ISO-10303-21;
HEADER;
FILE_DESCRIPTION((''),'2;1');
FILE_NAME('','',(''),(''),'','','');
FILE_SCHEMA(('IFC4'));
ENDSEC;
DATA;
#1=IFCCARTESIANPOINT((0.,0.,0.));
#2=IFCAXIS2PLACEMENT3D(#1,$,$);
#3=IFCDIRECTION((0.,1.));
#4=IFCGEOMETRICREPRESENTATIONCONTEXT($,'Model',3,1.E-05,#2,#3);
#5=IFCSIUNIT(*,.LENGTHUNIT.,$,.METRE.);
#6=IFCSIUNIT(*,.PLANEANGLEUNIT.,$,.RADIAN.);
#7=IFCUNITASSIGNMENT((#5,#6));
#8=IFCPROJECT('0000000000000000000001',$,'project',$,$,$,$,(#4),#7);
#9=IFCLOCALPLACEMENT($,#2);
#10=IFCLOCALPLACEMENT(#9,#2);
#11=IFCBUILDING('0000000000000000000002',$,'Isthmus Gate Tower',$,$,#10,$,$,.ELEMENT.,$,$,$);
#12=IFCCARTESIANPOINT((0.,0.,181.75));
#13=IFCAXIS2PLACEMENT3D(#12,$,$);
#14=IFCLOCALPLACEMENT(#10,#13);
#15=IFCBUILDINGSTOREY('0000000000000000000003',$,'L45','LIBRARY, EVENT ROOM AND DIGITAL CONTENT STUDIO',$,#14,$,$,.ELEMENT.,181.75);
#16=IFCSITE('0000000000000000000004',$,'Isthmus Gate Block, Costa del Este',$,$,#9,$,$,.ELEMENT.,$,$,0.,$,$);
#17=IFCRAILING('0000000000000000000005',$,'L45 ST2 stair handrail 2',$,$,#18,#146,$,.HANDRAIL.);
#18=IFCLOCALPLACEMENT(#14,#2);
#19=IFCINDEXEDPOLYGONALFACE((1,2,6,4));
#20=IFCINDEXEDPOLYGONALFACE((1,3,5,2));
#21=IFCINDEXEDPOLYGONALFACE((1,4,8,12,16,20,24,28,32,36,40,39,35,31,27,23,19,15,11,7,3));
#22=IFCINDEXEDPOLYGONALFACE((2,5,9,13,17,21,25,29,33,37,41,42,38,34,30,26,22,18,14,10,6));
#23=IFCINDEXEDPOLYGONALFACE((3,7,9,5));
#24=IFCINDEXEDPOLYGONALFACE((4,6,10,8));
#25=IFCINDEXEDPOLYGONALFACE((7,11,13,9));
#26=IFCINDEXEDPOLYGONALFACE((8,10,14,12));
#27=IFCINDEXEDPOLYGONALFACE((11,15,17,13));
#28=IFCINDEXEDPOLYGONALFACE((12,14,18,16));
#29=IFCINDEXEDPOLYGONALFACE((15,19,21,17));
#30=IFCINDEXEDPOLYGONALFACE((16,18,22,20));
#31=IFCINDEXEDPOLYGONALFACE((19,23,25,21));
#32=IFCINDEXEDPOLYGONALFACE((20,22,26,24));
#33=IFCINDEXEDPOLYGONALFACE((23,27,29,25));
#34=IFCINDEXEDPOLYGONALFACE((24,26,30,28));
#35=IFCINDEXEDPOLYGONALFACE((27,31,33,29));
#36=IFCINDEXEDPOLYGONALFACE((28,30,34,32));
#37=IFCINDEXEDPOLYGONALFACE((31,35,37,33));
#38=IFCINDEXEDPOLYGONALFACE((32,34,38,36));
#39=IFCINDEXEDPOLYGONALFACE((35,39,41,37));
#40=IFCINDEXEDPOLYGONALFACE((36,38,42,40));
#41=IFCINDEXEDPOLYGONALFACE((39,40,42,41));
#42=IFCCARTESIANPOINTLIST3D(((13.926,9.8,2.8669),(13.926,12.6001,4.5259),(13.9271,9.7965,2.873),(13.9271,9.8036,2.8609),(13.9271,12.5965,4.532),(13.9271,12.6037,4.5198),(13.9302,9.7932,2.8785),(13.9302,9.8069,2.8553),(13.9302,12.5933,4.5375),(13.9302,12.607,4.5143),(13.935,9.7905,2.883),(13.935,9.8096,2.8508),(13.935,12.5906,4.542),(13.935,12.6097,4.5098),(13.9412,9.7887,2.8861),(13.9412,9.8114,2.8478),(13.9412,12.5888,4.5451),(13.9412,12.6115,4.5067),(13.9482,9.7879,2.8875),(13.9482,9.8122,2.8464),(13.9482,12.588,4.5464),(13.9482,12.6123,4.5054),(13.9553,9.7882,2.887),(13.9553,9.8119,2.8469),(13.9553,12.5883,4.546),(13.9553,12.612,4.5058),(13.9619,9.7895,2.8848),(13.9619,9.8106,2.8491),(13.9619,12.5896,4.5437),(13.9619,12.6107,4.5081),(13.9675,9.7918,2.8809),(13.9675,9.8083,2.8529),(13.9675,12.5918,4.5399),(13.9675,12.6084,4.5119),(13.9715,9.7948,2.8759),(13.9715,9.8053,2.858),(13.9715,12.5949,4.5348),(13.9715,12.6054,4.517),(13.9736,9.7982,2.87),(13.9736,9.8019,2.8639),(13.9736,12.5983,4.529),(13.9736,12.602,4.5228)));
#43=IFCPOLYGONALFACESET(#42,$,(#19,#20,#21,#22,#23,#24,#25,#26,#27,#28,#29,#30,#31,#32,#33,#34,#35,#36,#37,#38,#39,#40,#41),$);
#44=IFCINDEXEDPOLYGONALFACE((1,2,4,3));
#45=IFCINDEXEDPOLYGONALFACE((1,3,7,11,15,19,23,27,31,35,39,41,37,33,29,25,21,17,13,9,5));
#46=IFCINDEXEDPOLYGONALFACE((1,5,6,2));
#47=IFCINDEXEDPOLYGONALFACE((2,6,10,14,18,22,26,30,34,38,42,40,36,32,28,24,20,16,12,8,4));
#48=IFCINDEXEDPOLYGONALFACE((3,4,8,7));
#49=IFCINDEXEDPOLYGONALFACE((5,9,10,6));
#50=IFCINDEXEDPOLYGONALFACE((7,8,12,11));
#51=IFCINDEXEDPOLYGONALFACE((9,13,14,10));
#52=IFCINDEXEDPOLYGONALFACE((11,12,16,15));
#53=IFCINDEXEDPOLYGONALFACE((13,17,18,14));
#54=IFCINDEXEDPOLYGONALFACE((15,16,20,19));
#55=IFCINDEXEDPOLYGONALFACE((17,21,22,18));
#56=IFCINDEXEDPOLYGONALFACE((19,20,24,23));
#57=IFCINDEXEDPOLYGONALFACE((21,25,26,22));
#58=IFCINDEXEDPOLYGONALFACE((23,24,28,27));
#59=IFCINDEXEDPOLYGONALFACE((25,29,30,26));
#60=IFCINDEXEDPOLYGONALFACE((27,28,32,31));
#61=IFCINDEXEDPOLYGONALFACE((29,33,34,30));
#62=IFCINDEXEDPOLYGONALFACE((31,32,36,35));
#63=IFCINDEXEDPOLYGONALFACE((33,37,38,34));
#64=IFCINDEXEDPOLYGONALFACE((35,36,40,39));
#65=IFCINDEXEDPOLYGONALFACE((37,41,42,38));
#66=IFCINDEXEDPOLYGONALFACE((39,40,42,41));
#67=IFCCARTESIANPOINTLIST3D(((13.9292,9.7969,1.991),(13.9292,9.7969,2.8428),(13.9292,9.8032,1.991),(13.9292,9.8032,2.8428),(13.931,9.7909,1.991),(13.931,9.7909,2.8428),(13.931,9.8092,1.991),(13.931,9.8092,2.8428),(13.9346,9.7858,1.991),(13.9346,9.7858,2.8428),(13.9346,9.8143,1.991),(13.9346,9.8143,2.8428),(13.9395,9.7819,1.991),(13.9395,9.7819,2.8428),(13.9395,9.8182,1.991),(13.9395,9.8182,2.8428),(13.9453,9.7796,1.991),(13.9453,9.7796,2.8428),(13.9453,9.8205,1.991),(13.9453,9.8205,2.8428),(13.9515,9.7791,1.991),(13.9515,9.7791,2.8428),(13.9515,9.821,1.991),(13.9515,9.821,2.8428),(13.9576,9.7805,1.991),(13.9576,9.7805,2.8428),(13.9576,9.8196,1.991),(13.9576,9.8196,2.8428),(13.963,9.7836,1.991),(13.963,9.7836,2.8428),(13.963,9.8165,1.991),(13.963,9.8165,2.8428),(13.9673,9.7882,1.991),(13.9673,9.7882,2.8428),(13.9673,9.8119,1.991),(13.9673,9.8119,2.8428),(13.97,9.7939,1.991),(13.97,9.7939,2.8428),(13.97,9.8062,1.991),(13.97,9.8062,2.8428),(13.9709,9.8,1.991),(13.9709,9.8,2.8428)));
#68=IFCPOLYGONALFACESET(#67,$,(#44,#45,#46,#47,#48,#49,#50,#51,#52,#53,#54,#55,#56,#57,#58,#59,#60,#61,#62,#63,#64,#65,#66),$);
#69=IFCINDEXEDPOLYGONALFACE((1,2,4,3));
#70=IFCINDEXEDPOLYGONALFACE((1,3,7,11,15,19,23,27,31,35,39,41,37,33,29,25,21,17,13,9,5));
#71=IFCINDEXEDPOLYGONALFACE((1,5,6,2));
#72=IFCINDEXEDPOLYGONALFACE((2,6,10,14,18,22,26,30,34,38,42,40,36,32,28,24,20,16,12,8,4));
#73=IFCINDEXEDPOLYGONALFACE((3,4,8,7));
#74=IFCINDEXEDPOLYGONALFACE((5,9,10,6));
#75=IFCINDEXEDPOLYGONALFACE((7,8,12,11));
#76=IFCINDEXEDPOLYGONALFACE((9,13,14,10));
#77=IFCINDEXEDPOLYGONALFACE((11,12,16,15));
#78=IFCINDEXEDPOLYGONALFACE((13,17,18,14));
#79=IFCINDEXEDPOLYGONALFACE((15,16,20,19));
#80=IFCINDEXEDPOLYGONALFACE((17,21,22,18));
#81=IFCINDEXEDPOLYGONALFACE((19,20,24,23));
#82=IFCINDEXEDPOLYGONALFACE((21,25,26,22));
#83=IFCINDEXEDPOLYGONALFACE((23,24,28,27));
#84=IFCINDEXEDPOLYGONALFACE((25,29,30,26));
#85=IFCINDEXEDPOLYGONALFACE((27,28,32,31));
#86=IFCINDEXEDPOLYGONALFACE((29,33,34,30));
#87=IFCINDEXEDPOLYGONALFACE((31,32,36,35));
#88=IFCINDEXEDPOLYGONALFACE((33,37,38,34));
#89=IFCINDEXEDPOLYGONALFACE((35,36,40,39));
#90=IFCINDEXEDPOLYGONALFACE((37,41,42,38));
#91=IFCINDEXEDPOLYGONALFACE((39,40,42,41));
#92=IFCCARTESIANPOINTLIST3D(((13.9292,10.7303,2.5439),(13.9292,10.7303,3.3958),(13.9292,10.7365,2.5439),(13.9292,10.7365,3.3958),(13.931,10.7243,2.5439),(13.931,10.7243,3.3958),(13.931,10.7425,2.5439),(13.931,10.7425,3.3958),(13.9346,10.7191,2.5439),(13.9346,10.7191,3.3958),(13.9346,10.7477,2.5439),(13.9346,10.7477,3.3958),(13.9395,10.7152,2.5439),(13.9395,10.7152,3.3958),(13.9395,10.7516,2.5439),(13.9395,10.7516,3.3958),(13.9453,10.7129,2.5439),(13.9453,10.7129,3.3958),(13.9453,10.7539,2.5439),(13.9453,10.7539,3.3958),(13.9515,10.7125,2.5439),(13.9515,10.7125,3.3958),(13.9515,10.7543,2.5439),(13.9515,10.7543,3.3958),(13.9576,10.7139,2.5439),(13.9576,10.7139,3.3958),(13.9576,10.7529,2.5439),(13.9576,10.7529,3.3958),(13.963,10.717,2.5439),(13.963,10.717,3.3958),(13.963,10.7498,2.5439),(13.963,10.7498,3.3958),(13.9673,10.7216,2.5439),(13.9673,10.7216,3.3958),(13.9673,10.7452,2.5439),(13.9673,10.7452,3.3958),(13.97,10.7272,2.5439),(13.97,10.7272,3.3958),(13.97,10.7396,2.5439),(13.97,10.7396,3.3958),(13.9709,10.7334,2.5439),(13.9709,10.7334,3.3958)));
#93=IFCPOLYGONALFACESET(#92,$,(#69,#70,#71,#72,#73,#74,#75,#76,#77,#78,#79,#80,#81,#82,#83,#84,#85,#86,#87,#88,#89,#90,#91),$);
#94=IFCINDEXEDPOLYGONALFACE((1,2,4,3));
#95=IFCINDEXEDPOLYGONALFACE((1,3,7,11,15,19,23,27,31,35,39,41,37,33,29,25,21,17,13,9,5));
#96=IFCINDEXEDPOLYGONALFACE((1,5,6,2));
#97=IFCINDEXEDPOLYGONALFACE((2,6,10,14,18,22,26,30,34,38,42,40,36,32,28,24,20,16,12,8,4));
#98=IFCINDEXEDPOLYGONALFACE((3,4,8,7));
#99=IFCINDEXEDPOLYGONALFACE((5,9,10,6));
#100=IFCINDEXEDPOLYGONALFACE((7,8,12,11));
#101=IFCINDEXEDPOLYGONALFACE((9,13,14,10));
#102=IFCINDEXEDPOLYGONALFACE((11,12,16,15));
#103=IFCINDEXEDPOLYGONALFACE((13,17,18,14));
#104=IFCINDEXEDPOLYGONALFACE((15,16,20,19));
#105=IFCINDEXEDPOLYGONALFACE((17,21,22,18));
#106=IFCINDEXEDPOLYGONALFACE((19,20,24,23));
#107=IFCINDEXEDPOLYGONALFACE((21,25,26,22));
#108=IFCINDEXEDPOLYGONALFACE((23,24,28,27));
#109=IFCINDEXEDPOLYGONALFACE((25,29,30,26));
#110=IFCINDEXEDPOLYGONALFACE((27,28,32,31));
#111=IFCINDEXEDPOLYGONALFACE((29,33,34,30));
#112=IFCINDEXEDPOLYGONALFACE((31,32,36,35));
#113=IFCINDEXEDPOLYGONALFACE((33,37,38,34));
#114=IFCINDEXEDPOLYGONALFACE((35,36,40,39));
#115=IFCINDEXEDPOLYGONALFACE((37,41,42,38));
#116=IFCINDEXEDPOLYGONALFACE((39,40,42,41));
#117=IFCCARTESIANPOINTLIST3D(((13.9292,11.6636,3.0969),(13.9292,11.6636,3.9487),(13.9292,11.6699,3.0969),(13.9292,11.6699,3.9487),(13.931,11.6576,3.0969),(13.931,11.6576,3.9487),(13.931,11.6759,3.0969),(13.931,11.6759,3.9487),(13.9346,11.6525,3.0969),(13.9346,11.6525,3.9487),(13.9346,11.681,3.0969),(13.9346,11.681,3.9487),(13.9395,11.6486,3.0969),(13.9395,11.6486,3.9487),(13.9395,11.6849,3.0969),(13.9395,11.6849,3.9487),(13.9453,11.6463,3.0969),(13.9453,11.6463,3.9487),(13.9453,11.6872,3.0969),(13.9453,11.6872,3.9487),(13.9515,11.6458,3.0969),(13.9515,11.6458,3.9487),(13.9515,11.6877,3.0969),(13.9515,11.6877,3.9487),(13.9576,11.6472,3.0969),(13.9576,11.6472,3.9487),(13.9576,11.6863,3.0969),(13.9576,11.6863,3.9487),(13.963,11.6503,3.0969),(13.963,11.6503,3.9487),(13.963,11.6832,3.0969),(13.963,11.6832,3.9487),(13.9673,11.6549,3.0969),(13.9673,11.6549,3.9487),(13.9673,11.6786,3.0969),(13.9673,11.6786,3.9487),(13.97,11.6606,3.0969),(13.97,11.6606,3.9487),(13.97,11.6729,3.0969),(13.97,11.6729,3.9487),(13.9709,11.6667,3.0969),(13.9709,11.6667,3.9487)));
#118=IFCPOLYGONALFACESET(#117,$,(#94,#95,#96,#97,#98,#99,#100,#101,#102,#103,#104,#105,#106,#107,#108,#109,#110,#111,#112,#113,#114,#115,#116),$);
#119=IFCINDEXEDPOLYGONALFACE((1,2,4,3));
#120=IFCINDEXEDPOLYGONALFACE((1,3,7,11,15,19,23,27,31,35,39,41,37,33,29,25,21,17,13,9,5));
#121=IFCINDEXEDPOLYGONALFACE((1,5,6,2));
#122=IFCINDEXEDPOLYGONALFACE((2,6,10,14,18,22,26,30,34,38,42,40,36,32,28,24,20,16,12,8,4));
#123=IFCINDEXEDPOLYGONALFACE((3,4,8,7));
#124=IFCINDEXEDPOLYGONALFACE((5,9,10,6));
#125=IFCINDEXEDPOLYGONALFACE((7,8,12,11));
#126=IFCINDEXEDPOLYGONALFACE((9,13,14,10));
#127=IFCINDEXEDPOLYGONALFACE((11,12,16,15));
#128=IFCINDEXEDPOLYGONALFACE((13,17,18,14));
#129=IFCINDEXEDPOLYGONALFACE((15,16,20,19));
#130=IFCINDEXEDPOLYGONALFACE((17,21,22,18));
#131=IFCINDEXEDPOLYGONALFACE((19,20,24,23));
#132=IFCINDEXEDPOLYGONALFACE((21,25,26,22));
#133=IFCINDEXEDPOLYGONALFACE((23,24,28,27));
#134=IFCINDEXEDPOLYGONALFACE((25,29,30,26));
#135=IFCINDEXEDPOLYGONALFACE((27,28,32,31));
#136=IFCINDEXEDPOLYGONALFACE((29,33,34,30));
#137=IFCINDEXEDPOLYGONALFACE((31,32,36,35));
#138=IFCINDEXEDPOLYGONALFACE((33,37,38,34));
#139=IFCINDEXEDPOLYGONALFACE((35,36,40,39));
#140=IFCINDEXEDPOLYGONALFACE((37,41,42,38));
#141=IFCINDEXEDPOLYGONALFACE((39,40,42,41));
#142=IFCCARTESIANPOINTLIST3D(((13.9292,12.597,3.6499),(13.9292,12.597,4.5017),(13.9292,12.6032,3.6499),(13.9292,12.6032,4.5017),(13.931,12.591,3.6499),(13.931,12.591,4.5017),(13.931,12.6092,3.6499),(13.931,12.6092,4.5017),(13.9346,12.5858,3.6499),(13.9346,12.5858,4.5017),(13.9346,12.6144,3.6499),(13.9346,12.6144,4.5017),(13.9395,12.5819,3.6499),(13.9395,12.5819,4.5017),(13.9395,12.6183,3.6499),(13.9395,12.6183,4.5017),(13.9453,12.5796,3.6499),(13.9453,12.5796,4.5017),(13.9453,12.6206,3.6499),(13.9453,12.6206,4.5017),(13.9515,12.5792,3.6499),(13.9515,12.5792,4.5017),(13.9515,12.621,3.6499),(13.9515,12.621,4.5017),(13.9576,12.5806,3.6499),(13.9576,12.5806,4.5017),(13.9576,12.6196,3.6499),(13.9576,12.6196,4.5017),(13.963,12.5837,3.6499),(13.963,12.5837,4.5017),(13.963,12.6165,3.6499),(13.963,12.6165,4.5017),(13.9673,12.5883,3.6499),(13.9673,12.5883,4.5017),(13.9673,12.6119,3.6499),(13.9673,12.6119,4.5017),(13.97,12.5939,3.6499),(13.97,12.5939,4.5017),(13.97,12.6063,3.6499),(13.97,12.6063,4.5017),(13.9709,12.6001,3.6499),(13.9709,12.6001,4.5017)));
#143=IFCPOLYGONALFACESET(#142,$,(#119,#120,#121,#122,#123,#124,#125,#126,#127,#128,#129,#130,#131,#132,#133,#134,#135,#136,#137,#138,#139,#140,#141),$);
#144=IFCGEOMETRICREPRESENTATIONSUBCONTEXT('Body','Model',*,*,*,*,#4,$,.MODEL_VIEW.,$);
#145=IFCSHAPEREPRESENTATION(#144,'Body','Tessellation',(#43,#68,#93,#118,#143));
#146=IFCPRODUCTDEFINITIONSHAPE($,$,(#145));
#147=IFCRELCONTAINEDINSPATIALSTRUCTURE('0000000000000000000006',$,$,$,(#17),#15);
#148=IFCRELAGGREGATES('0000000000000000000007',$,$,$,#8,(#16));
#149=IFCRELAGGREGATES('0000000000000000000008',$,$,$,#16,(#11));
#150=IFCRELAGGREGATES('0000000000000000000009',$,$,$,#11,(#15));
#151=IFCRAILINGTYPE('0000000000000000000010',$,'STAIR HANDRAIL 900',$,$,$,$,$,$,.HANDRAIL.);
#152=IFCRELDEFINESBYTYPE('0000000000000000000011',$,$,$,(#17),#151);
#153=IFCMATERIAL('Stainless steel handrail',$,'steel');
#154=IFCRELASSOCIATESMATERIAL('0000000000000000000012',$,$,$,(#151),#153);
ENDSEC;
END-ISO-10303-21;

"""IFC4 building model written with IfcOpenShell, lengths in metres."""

from ifc_helpers import new_model, si_unit, direction, frame, origin, origin_2d, place, context, subcontext, project, spatial, circle, extrude, material, type_object, element, save


model = new_model("IFC4")

# Units and contexts
model_context = context("Model", 3, precision=1e-05, world=origin(), true_north=direction((0.0, 1.0)))
body_context = subcontext(model_context, "Body", "Model", "MODEL_VIEW")
ifc_project = project(units=[si_unit("LENGTHUNIT", "METRE"), si_unit("PLANEANGLEUNIT", "RADIAN")], contexts=[model_context])

# Site, building, storey
site_placement = place(None, origin())
site = spatial("IfcSite", under=ifc_project, at=site_placement, Name="Isthmus Gate Block, Costa del Este", CompositionType="ELEMENT", RefElevation=0.0)
building_placement = place(site_placement, origin())
building = spatial("IfcBuilding", under=site, at=building_placement, Name="Isthmus Gate Tower", CompositionType="ELEMENT")
storey_placement = place(building_placement, frame((0.0, 0.0, 181.75)))
storey = spatial("IfcBuildingStorey", under=building, at=storey_placement, Name="L45", Description="LIBRARY, EVENT ROOM AND DIGITAL CONTENT STUDIO", CompositionType="ELEMENT", Elevation=181.75)

# Railing
ifc_material_1 = material(Name="Stainless steel handrail", Category="steel")
railing_type = type_object("IfcRailingType", Name="STAIR HANDRAIL 900", PredefinedType="HANDRAIL", material=ifc_material_1)
railing_placement = place(storey_placement, frame((13.95, 9.8, 1.991)))
element("IfcRailing", 1, at=railing_placement, inside=storey, type_object=railing_type, Name="L45 ST2 stair handrail 2", PredefinedType="HANDRAIL", context=body_context, shape_type="SweptSolid", body=[
    extrude(circle(Radius=0.0239, at=origin_2d()), frame((0.0, 0.0, 0.876), z_axis=(0.0, 0.860339, 0.509722), x_axis=(-1.0, 0.0, 0.0)), (0.0, 0.0, 1.0), 3.2546),
    extrude(circle(Radius=0.021, at=origin_2d()), origin(), (0.0, 0.0, 1.0), 0.8518),
    extrude(circle(Radius=0.021, at=origin_2d()), frame((0.0, 0.9333, 0.553)), (0.0, 0.0, 1.0), 0.8518),
    extrude(circle(Radius=0.021, at=origin_2d()), frame((0.0, 1.8667, 1.106)), (0.0, 0.0, 1.0), 0.8518),
    extrude(circle(Radius=0.021, at=origin_2d()), frame((0.0, 2.8, 1.6589)), (0.0, 0.0, 1.0), 0.8518),
])

save(model, "model.ifc")
